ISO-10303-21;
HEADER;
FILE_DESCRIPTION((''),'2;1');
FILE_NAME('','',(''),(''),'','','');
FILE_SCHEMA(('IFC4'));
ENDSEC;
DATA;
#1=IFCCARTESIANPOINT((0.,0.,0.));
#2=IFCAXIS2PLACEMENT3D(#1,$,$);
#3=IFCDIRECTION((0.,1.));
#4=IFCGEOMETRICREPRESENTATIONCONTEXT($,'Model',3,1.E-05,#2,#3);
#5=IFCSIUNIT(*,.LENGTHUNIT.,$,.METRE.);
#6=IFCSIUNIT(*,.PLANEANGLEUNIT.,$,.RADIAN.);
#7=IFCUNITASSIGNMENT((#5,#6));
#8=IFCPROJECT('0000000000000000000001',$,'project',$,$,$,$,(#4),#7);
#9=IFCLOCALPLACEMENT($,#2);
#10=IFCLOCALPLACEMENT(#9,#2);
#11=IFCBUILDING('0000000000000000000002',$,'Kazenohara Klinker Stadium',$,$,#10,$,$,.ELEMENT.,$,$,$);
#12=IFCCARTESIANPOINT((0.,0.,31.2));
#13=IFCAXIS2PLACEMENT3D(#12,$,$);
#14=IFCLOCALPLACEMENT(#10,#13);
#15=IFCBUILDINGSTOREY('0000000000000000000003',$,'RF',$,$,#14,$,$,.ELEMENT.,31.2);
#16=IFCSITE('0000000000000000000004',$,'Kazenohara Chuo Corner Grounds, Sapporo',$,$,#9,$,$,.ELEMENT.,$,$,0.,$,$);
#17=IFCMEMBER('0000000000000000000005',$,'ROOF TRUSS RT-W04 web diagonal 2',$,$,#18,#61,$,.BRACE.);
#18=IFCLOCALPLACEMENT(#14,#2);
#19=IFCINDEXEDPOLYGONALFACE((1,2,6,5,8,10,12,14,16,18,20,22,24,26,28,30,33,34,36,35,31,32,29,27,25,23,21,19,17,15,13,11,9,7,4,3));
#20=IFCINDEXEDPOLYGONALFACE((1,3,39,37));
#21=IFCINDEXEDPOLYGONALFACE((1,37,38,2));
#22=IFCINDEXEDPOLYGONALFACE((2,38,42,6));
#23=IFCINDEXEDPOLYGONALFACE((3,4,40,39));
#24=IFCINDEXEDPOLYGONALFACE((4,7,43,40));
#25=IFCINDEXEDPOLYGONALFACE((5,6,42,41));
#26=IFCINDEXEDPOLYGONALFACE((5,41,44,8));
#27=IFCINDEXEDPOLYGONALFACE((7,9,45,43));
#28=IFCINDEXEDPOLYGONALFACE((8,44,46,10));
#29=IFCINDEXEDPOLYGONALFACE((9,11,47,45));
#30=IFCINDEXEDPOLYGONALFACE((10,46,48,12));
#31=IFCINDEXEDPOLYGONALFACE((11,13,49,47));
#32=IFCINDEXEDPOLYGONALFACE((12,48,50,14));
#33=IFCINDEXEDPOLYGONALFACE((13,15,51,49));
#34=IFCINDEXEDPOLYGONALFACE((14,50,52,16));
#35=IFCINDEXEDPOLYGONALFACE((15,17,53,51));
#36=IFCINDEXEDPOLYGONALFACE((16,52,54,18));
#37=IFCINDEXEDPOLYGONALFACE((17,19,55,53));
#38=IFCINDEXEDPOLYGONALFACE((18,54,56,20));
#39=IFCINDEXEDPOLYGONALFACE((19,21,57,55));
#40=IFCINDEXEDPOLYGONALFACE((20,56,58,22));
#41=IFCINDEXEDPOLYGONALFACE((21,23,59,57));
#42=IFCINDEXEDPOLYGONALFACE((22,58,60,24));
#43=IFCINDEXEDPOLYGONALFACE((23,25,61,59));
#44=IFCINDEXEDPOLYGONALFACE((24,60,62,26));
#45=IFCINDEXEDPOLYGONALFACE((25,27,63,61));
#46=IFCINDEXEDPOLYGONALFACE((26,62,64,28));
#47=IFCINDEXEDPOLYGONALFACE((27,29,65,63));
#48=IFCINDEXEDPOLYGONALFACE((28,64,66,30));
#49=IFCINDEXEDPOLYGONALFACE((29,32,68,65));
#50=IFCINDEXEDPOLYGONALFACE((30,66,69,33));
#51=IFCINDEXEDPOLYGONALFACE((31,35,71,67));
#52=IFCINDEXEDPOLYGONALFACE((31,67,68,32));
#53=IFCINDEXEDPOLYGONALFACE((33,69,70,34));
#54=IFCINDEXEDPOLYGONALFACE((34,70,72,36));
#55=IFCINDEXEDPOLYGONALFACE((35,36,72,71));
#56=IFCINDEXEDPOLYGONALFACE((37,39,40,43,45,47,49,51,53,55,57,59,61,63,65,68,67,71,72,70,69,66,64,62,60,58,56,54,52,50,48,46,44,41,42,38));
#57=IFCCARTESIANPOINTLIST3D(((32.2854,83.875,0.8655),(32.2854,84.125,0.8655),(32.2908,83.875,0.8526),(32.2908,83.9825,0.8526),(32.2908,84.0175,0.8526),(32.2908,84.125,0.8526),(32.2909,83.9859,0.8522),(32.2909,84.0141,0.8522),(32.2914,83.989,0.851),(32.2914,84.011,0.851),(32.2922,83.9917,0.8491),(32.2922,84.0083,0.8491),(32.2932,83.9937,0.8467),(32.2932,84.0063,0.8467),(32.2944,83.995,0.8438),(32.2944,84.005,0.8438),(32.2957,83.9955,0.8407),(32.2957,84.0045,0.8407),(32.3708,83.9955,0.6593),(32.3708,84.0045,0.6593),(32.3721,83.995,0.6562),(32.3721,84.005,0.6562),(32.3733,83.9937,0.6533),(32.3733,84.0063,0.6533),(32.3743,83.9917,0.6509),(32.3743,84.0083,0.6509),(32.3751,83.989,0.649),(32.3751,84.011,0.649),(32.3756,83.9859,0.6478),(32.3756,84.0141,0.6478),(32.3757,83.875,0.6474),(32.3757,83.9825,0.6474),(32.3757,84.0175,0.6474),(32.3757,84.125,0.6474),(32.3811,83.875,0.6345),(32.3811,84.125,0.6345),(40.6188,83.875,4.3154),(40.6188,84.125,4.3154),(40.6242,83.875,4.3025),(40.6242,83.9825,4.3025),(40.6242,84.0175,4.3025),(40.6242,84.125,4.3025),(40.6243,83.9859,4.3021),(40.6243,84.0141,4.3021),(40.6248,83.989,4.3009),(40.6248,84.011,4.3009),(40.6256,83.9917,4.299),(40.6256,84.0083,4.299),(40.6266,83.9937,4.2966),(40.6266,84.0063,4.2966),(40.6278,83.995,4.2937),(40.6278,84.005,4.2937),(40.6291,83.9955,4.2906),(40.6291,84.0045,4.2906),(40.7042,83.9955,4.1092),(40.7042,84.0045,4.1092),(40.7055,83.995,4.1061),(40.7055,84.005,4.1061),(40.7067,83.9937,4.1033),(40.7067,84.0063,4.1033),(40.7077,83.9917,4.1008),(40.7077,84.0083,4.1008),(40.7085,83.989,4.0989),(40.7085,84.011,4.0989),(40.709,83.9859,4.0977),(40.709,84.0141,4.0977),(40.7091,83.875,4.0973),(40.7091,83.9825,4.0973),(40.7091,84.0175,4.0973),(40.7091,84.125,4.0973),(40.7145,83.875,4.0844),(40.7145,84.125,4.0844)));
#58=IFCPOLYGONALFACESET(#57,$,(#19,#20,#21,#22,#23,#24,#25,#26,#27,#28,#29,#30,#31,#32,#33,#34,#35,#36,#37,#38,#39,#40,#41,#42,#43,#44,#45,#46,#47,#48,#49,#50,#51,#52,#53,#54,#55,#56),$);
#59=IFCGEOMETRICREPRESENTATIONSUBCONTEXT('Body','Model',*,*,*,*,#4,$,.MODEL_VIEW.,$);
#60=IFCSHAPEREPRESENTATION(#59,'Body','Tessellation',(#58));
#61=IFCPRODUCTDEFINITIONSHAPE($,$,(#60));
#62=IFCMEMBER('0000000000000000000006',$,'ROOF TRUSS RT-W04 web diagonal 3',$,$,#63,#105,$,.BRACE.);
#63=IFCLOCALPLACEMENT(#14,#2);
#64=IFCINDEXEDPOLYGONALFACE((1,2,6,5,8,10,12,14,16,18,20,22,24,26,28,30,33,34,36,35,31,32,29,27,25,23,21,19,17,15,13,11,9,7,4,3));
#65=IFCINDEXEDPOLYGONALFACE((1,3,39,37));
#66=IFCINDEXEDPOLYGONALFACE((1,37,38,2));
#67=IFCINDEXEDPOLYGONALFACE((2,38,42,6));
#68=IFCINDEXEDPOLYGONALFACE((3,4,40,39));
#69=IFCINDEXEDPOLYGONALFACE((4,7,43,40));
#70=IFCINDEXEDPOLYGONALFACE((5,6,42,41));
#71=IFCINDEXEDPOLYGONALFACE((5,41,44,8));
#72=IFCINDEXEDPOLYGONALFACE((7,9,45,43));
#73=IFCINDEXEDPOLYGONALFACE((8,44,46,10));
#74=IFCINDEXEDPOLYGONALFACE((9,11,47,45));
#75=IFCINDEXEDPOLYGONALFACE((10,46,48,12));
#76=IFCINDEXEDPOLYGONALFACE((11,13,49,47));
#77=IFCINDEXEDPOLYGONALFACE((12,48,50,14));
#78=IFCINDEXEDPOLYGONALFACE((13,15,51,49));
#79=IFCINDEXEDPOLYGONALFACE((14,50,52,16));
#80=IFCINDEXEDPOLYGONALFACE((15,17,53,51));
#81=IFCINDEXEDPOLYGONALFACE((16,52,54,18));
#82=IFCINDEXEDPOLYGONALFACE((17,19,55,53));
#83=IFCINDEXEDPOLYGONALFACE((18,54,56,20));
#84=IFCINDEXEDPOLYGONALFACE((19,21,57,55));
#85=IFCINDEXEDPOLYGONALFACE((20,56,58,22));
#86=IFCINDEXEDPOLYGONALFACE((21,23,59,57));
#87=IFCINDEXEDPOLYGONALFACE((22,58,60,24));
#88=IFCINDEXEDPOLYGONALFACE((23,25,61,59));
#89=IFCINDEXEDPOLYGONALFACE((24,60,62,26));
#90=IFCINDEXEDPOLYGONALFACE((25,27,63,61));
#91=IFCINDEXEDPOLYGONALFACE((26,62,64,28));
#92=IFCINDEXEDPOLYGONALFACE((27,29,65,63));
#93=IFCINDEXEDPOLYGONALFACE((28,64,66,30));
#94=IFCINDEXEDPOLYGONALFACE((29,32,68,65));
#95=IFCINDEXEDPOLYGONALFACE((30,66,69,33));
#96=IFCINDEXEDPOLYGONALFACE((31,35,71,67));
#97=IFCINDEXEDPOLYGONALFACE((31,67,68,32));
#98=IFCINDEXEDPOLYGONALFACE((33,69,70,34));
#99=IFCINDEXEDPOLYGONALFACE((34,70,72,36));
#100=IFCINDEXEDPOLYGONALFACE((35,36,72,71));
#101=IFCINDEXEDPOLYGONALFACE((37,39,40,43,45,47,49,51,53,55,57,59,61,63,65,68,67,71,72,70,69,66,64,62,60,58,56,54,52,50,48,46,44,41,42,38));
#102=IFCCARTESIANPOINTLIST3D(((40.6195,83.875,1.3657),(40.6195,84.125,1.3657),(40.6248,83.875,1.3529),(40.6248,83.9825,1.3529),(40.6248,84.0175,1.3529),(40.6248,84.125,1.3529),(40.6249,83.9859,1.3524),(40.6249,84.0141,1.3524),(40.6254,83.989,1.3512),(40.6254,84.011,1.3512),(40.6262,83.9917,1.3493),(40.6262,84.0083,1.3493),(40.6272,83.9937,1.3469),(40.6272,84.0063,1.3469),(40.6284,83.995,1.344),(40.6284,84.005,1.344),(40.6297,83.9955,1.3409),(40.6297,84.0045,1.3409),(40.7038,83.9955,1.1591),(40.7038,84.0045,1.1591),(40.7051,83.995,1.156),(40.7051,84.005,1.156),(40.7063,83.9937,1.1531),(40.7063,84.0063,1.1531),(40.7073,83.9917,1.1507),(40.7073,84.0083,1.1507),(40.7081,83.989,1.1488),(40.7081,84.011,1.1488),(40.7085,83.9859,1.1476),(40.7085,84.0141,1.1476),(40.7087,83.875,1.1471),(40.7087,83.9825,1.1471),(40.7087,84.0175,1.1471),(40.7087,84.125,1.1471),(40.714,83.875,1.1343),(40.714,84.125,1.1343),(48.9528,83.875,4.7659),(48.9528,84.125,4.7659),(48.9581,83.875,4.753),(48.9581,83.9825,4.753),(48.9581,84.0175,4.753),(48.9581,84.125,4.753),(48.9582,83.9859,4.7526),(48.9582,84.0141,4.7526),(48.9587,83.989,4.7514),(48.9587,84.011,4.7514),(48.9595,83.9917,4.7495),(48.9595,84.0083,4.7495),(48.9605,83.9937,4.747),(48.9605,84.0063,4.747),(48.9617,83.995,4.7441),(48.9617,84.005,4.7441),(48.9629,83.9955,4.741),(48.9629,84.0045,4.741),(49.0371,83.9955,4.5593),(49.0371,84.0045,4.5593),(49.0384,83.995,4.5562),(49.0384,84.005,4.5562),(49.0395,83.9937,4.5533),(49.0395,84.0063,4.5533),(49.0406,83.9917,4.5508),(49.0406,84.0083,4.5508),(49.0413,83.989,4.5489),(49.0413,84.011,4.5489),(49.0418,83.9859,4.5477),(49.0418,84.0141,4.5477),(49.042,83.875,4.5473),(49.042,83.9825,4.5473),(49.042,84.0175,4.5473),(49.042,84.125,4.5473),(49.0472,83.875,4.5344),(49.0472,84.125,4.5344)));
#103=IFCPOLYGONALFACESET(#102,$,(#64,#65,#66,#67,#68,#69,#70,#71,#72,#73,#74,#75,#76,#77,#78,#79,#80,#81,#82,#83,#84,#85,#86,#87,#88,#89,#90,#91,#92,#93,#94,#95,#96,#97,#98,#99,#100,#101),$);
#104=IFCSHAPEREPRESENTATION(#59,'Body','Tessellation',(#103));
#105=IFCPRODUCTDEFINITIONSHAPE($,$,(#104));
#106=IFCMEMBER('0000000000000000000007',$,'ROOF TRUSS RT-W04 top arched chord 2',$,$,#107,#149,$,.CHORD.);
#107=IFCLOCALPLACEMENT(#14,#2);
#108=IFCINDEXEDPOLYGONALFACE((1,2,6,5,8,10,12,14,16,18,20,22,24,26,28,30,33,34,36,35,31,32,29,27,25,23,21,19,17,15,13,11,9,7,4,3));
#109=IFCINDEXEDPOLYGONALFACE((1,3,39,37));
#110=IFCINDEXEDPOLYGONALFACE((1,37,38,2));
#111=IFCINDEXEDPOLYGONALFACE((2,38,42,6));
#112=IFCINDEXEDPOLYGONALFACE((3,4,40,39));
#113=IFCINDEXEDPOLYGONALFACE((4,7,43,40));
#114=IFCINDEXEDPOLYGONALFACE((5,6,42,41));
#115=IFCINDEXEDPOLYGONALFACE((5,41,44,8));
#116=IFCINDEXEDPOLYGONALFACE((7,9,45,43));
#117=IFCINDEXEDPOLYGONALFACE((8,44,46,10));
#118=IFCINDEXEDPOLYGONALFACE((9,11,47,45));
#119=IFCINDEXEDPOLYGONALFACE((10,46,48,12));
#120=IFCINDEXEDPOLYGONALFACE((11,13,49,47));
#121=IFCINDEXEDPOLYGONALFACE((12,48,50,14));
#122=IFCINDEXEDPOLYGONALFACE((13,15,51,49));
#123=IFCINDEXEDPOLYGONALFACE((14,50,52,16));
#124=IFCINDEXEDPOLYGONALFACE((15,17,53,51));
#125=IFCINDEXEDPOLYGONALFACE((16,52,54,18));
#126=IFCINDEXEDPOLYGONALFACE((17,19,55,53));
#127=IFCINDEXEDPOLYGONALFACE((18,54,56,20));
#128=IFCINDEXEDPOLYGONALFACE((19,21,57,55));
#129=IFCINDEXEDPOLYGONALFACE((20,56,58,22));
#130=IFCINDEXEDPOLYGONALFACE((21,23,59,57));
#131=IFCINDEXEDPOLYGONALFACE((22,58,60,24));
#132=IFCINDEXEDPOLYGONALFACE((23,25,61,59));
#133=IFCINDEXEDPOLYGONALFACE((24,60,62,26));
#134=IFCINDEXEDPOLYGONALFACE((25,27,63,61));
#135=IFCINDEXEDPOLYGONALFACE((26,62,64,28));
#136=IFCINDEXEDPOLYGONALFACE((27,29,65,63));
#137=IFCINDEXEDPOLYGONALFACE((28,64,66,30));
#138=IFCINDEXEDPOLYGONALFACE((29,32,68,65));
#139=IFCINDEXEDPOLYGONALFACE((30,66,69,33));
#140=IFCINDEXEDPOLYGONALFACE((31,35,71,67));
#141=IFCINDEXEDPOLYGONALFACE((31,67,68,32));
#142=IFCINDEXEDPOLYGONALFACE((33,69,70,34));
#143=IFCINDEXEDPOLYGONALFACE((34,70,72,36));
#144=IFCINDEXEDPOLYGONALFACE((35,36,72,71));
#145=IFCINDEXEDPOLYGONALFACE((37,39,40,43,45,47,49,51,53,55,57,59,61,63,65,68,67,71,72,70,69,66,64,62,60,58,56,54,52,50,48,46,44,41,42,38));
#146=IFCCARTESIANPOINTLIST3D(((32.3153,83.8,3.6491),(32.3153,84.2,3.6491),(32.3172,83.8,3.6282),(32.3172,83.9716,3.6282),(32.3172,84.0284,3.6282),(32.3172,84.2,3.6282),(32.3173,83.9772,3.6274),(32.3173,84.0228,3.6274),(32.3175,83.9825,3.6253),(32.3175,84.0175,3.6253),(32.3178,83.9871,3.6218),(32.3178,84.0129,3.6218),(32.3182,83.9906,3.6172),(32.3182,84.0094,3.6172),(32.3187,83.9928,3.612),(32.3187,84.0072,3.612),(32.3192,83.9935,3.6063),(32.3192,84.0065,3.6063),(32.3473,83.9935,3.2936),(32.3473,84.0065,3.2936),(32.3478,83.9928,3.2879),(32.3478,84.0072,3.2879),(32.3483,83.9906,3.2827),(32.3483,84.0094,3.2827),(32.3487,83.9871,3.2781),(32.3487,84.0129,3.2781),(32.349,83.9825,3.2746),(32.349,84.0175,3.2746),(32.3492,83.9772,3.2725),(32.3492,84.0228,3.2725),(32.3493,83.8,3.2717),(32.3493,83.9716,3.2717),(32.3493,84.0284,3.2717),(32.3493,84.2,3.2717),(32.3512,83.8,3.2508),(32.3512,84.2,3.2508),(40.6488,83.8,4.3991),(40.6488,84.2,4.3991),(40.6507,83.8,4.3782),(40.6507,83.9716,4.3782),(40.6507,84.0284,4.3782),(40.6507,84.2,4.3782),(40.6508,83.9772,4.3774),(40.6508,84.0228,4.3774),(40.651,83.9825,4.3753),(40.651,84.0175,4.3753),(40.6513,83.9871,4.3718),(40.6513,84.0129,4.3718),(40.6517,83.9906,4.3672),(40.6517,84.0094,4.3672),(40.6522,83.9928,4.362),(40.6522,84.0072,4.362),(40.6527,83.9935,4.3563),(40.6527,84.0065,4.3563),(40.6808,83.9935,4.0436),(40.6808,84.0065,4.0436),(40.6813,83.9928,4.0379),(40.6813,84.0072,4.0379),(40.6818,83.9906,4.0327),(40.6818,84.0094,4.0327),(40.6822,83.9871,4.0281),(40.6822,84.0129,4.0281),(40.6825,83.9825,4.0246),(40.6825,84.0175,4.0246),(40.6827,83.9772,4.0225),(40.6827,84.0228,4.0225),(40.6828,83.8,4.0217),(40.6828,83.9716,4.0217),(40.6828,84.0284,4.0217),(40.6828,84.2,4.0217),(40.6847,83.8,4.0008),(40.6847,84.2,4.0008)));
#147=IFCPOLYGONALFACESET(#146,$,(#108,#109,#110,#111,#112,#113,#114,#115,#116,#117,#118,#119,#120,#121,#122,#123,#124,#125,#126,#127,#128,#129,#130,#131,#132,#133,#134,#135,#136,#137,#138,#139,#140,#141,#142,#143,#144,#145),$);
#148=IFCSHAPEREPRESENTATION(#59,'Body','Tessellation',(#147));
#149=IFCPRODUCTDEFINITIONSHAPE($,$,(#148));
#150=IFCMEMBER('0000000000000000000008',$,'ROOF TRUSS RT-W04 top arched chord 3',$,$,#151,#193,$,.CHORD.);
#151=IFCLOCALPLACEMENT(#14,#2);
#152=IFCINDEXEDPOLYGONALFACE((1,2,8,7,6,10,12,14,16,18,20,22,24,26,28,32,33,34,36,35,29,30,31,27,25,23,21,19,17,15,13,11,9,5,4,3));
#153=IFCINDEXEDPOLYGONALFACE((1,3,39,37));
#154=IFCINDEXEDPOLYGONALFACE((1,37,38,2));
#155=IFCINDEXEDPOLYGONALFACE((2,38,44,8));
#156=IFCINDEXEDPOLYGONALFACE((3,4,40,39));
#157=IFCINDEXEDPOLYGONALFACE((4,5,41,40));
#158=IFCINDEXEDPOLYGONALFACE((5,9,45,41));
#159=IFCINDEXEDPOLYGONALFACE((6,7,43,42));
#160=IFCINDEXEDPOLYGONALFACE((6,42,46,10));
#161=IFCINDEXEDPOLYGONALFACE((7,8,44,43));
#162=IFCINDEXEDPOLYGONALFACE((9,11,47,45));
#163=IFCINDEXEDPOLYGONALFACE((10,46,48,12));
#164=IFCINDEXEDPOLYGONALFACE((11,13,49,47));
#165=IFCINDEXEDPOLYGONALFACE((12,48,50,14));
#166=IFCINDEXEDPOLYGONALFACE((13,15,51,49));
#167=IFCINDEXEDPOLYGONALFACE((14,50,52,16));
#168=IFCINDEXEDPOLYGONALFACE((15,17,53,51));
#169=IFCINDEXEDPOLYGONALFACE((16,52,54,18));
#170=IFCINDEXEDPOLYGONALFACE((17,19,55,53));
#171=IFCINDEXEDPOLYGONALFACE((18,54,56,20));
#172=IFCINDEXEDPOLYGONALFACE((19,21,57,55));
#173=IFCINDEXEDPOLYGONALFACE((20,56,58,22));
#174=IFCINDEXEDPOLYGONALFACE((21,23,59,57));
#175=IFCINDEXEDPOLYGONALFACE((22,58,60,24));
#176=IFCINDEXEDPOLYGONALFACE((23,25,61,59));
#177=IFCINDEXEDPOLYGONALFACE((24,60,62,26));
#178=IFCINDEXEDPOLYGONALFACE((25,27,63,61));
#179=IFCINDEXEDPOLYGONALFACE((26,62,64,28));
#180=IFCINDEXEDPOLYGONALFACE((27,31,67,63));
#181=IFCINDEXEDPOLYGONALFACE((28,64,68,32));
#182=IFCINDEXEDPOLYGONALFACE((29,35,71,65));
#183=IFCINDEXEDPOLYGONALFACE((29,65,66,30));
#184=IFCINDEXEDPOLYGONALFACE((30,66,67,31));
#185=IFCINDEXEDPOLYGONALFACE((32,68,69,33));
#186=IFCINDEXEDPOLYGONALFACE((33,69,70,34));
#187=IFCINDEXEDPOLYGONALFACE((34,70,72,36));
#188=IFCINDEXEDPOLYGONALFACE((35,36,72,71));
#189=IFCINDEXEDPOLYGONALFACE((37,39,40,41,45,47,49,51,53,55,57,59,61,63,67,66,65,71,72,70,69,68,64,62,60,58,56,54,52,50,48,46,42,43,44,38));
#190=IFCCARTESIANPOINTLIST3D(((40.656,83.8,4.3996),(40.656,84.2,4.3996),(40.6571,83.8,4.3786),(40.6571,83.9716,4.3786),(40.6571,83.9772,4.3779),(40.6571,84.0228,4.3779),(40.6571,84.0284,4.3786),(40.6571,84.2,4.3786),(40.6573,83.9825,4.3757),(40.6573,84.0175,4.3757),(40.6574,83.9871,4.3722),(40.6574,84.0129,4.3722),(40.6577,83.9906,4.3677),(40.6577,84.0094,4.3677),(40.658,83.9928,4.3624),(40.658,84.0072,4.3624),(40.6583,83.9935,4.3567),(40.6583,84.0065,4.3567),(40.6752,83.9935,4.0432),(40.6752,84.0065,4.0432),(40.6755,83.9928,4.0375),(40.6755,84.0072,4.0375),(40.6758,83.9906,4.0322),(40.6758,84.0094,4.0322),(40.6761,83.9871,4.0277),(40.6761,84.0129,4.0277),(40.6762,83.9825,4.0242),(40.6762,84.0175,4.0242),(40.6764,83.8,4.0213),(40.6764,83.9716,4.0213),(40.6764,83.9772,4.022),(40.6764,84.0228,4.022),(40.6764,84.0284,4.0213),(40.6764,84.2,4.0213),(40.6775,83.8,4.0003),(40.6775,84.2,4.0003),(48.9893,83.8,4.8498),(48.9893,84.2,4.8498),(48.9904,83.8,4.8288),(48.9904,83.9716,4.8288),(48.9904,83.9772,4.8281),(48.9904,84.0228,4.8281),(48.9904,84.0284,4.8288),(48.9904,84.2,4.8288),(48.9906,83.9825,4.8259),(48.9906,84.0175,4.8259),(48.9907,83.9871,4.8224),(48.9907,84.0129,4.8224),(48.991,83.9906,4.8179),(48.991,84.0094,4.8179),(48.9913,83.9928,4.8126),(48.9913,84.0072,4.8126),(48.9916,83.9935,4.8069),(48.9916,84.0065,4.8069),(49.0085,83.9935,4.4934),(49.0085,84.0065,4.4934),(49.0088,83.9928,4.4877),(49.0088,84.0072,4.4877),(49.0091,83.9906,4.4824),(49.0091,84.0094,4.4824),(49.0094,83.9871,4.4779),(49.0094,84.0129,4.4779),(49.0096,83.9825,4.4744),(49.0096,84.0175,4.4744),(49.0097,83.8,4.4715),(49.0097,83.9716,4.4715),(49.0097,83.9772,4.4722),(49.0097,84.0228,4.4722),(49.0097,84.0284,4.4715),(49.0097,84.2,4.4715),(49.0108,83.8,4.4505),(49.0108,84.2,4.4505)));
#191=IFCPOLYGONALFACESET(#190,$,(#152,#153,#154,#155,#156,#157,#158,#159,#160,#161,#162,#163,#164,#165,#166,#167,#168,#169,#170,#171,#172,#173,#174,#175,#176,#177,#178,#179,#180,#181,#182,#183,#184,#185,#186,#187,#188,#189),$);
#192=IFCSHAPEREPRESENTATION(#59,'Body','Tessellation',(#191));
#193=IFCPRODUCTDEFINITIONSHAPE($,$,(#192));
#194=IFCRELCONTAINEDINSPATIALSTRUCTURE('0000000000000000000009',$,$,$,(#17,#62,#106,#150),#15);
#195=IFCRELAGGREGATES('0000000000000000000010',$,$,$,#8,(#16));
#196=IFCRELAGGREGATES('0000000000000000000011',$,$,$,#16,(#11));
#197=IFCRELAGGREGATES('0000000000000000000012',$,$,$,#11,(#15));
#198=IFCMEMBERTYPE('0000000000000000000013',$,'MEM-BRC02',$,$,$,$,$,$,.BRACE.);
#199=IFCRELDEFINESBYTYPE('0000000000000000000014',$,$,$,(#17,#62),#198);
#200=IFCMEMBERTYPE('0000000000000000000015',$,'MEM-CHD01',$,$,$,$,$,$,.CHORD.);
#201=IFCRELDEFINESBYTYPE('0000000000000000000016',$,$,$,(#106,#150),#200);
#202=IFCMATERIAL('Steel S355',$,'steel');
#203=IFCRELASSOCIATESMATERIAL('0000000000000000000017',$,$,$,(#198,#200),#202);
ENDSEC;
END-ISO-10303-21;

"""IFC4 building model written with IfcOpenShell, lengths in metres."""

from ifc_helpers import new_model, si_unit, direction, frame, origin, origin_2d, place, context, subcontext, project, spatial, i_section, extrude, material, material_profile, profile_set, type_object, element, save


model = new_model("IFC4")

# Units and contexts
model_context = context("Model", 3, precision=1e-05, world=origin(), true_north=direction((0.0, 1.0)))
body_context = subcontext(model_context, "Body", "Model", "MODEL_VIEW")
ifc_project = project(units=[si_unit("LENGTHUNIT", "METRE"), si_unit("PLANEANGLEUNIT", "RADIAN")], contexts=[model_context])

# Site, building, storey
site_placement = place(None, origin())
site = spatial("IfcSite", under=ifc_project, at=site_placement, Name="Kazenohara Chuo Corner Grounds, Sapporo", CompositionType="ELEMENT", RefElevation=0.0)
building_placement = place(site_placement, origin())
building = spatial("IfcBuilding", under=site, at=building_placement, Name="Kazenohara Klinker Stadium", CompositionType="ELEMENT")
storey_placement = place(building_placement, frame((0.0, 0.0, 31.2)))
storey = spatial("IfcBuildingStorey", under=building, at=storey_placement, Name="RF", CompositionType="ELEMENT", Elevation=31.2)

# Members
ifc_material_1 = material(Name="Steel S355", Category="steel")
ifc_material_profile_1 = material_profile(ifc_material_1, i_section(OverallWidth=0.25, OverallDepth=0.25, WebThickness=0.009, FlangeThickness=0.0139, FilletRadius=0.0129, at=origin_2d()), Name="H-250x250x9x14")
ifc_profile_set_1 = profile_set([ifc_material_profile_1], Name="Steel S355")
member_type_1 = type_object("IfcMemberType", Name="MEM-BRC02", PredefinedType="BRACE", material=ifc_profile_set_1)
member_1_placement = place(storey_placement, frame((32.3333, 84.0, 0.75), z_axis=(0.923954, 0.0, 0.382504), x_axis=(0.0, 1.0, 0.0)))
element("IfcMember", 1, at=member_1_placement, inside=storey, type_object=member_type_1, Name="ROOF TRUSS RT-W04 web diagonal 2", PredefinedType="BRACE", context=body_context, shape_type="SweptSolid", body=[
    extrude(i_section(OverallWidth=0.25, OverallDepth=0.25, WebThickness=0.009, FlangeThickness=0.0139, FilletRadius=0.0129, at=origin_2d()), origin(), (0.0, 0.0, 1.0), 9.0193),
])
member_2_placement = place(storey_placement, frame((40.6667, 84.0, 1.25), z_axis=(0.925894, 0.0, 0.377785), x_axis=(0.0, 1.0, 0.0)))
element("IfcMember", 2, at=member_2_placement, inside=storey, type_object=member_type_1, Name="ROOF TRUSS RT-W04 web diagonal 3", PredefinedType="BRACE", context=body_context, shape_type="SweptSolid", body=[
    extrude(i_section(OverallWidth=0.25, OverallDepth=0.25, WebThickness=0.009, FlangeThickness=0.0139, FilletRadius=0.0129, at=origin_2d()), origin(), (0.0, 0.0, 1.0), 9.0002),
])
ifc_material_profile_2 = material_profile(ifc_material_1, i_section(OverallWidth=0.3999, OverallDepth=0.3999, WebThickness=0.0129, FlangeThickness=0.021, FilletRadius=0.022, at=origin_2d()), Name="H-400x400x13x21")
ifc_profile_set_2 = profile_set([ifc_material_profile_2], Name="Steel S355")
member_type_2 = type_object("IfcMemberType", Name="MEM-CHD01", PredefinedType="CHORD", material=ifc_profile_set_2)
member_3_placement = place(storey_placement, frame((32.3333, 84.0, 3.45), z_axis=(0.995975, 0.0, 0.089636), x_axis=(0.0, 1.0, 0.0)))
element("IfcMember", 3, at=member_3_placement, inside=storey, type_object=member_type_2, Name="ROOF TRUSS RT-W04 top arched chord 2", PredefinedType="CHORD", context=body_context, shape_type="SweptSolid", body=[
    extrude(i_section(OverallWidth=0.3999, OverallDepth=0.3999, WebThickness=0.0129, FlangeThickness=0.021, FilletRadius=0.022, at=origin_2d()), origin(), (0.0, 0.0, 1.0), 8.3672),
])
member_4_placement = place(storey_placement, frame((40.6667, 84.0, 4.2), z_axis=(0.998544, 0.0, 0.053945), x_axis=(0.0, 1.0, 0.0)))
element("IfcMember", 4, at=member_4_placement, inside=storey, type_object=member_type_2, Name="ROOF TRUSS RT-W04 top arched chord 3", PredefinedType="CHORD", context=body_context, shape_type="SweptSolid", body=[
    extrude(i_section(OverallWidth=0.3999, OverallDepth=0.3999, WebThickness=0.0129, FlangeThickness=0.021, FilletRadius=0.022, at=origin_2d()), origin(), (0.0, 0.0, 1.0), 8.3455),
])

save(model, "model.ifc")
